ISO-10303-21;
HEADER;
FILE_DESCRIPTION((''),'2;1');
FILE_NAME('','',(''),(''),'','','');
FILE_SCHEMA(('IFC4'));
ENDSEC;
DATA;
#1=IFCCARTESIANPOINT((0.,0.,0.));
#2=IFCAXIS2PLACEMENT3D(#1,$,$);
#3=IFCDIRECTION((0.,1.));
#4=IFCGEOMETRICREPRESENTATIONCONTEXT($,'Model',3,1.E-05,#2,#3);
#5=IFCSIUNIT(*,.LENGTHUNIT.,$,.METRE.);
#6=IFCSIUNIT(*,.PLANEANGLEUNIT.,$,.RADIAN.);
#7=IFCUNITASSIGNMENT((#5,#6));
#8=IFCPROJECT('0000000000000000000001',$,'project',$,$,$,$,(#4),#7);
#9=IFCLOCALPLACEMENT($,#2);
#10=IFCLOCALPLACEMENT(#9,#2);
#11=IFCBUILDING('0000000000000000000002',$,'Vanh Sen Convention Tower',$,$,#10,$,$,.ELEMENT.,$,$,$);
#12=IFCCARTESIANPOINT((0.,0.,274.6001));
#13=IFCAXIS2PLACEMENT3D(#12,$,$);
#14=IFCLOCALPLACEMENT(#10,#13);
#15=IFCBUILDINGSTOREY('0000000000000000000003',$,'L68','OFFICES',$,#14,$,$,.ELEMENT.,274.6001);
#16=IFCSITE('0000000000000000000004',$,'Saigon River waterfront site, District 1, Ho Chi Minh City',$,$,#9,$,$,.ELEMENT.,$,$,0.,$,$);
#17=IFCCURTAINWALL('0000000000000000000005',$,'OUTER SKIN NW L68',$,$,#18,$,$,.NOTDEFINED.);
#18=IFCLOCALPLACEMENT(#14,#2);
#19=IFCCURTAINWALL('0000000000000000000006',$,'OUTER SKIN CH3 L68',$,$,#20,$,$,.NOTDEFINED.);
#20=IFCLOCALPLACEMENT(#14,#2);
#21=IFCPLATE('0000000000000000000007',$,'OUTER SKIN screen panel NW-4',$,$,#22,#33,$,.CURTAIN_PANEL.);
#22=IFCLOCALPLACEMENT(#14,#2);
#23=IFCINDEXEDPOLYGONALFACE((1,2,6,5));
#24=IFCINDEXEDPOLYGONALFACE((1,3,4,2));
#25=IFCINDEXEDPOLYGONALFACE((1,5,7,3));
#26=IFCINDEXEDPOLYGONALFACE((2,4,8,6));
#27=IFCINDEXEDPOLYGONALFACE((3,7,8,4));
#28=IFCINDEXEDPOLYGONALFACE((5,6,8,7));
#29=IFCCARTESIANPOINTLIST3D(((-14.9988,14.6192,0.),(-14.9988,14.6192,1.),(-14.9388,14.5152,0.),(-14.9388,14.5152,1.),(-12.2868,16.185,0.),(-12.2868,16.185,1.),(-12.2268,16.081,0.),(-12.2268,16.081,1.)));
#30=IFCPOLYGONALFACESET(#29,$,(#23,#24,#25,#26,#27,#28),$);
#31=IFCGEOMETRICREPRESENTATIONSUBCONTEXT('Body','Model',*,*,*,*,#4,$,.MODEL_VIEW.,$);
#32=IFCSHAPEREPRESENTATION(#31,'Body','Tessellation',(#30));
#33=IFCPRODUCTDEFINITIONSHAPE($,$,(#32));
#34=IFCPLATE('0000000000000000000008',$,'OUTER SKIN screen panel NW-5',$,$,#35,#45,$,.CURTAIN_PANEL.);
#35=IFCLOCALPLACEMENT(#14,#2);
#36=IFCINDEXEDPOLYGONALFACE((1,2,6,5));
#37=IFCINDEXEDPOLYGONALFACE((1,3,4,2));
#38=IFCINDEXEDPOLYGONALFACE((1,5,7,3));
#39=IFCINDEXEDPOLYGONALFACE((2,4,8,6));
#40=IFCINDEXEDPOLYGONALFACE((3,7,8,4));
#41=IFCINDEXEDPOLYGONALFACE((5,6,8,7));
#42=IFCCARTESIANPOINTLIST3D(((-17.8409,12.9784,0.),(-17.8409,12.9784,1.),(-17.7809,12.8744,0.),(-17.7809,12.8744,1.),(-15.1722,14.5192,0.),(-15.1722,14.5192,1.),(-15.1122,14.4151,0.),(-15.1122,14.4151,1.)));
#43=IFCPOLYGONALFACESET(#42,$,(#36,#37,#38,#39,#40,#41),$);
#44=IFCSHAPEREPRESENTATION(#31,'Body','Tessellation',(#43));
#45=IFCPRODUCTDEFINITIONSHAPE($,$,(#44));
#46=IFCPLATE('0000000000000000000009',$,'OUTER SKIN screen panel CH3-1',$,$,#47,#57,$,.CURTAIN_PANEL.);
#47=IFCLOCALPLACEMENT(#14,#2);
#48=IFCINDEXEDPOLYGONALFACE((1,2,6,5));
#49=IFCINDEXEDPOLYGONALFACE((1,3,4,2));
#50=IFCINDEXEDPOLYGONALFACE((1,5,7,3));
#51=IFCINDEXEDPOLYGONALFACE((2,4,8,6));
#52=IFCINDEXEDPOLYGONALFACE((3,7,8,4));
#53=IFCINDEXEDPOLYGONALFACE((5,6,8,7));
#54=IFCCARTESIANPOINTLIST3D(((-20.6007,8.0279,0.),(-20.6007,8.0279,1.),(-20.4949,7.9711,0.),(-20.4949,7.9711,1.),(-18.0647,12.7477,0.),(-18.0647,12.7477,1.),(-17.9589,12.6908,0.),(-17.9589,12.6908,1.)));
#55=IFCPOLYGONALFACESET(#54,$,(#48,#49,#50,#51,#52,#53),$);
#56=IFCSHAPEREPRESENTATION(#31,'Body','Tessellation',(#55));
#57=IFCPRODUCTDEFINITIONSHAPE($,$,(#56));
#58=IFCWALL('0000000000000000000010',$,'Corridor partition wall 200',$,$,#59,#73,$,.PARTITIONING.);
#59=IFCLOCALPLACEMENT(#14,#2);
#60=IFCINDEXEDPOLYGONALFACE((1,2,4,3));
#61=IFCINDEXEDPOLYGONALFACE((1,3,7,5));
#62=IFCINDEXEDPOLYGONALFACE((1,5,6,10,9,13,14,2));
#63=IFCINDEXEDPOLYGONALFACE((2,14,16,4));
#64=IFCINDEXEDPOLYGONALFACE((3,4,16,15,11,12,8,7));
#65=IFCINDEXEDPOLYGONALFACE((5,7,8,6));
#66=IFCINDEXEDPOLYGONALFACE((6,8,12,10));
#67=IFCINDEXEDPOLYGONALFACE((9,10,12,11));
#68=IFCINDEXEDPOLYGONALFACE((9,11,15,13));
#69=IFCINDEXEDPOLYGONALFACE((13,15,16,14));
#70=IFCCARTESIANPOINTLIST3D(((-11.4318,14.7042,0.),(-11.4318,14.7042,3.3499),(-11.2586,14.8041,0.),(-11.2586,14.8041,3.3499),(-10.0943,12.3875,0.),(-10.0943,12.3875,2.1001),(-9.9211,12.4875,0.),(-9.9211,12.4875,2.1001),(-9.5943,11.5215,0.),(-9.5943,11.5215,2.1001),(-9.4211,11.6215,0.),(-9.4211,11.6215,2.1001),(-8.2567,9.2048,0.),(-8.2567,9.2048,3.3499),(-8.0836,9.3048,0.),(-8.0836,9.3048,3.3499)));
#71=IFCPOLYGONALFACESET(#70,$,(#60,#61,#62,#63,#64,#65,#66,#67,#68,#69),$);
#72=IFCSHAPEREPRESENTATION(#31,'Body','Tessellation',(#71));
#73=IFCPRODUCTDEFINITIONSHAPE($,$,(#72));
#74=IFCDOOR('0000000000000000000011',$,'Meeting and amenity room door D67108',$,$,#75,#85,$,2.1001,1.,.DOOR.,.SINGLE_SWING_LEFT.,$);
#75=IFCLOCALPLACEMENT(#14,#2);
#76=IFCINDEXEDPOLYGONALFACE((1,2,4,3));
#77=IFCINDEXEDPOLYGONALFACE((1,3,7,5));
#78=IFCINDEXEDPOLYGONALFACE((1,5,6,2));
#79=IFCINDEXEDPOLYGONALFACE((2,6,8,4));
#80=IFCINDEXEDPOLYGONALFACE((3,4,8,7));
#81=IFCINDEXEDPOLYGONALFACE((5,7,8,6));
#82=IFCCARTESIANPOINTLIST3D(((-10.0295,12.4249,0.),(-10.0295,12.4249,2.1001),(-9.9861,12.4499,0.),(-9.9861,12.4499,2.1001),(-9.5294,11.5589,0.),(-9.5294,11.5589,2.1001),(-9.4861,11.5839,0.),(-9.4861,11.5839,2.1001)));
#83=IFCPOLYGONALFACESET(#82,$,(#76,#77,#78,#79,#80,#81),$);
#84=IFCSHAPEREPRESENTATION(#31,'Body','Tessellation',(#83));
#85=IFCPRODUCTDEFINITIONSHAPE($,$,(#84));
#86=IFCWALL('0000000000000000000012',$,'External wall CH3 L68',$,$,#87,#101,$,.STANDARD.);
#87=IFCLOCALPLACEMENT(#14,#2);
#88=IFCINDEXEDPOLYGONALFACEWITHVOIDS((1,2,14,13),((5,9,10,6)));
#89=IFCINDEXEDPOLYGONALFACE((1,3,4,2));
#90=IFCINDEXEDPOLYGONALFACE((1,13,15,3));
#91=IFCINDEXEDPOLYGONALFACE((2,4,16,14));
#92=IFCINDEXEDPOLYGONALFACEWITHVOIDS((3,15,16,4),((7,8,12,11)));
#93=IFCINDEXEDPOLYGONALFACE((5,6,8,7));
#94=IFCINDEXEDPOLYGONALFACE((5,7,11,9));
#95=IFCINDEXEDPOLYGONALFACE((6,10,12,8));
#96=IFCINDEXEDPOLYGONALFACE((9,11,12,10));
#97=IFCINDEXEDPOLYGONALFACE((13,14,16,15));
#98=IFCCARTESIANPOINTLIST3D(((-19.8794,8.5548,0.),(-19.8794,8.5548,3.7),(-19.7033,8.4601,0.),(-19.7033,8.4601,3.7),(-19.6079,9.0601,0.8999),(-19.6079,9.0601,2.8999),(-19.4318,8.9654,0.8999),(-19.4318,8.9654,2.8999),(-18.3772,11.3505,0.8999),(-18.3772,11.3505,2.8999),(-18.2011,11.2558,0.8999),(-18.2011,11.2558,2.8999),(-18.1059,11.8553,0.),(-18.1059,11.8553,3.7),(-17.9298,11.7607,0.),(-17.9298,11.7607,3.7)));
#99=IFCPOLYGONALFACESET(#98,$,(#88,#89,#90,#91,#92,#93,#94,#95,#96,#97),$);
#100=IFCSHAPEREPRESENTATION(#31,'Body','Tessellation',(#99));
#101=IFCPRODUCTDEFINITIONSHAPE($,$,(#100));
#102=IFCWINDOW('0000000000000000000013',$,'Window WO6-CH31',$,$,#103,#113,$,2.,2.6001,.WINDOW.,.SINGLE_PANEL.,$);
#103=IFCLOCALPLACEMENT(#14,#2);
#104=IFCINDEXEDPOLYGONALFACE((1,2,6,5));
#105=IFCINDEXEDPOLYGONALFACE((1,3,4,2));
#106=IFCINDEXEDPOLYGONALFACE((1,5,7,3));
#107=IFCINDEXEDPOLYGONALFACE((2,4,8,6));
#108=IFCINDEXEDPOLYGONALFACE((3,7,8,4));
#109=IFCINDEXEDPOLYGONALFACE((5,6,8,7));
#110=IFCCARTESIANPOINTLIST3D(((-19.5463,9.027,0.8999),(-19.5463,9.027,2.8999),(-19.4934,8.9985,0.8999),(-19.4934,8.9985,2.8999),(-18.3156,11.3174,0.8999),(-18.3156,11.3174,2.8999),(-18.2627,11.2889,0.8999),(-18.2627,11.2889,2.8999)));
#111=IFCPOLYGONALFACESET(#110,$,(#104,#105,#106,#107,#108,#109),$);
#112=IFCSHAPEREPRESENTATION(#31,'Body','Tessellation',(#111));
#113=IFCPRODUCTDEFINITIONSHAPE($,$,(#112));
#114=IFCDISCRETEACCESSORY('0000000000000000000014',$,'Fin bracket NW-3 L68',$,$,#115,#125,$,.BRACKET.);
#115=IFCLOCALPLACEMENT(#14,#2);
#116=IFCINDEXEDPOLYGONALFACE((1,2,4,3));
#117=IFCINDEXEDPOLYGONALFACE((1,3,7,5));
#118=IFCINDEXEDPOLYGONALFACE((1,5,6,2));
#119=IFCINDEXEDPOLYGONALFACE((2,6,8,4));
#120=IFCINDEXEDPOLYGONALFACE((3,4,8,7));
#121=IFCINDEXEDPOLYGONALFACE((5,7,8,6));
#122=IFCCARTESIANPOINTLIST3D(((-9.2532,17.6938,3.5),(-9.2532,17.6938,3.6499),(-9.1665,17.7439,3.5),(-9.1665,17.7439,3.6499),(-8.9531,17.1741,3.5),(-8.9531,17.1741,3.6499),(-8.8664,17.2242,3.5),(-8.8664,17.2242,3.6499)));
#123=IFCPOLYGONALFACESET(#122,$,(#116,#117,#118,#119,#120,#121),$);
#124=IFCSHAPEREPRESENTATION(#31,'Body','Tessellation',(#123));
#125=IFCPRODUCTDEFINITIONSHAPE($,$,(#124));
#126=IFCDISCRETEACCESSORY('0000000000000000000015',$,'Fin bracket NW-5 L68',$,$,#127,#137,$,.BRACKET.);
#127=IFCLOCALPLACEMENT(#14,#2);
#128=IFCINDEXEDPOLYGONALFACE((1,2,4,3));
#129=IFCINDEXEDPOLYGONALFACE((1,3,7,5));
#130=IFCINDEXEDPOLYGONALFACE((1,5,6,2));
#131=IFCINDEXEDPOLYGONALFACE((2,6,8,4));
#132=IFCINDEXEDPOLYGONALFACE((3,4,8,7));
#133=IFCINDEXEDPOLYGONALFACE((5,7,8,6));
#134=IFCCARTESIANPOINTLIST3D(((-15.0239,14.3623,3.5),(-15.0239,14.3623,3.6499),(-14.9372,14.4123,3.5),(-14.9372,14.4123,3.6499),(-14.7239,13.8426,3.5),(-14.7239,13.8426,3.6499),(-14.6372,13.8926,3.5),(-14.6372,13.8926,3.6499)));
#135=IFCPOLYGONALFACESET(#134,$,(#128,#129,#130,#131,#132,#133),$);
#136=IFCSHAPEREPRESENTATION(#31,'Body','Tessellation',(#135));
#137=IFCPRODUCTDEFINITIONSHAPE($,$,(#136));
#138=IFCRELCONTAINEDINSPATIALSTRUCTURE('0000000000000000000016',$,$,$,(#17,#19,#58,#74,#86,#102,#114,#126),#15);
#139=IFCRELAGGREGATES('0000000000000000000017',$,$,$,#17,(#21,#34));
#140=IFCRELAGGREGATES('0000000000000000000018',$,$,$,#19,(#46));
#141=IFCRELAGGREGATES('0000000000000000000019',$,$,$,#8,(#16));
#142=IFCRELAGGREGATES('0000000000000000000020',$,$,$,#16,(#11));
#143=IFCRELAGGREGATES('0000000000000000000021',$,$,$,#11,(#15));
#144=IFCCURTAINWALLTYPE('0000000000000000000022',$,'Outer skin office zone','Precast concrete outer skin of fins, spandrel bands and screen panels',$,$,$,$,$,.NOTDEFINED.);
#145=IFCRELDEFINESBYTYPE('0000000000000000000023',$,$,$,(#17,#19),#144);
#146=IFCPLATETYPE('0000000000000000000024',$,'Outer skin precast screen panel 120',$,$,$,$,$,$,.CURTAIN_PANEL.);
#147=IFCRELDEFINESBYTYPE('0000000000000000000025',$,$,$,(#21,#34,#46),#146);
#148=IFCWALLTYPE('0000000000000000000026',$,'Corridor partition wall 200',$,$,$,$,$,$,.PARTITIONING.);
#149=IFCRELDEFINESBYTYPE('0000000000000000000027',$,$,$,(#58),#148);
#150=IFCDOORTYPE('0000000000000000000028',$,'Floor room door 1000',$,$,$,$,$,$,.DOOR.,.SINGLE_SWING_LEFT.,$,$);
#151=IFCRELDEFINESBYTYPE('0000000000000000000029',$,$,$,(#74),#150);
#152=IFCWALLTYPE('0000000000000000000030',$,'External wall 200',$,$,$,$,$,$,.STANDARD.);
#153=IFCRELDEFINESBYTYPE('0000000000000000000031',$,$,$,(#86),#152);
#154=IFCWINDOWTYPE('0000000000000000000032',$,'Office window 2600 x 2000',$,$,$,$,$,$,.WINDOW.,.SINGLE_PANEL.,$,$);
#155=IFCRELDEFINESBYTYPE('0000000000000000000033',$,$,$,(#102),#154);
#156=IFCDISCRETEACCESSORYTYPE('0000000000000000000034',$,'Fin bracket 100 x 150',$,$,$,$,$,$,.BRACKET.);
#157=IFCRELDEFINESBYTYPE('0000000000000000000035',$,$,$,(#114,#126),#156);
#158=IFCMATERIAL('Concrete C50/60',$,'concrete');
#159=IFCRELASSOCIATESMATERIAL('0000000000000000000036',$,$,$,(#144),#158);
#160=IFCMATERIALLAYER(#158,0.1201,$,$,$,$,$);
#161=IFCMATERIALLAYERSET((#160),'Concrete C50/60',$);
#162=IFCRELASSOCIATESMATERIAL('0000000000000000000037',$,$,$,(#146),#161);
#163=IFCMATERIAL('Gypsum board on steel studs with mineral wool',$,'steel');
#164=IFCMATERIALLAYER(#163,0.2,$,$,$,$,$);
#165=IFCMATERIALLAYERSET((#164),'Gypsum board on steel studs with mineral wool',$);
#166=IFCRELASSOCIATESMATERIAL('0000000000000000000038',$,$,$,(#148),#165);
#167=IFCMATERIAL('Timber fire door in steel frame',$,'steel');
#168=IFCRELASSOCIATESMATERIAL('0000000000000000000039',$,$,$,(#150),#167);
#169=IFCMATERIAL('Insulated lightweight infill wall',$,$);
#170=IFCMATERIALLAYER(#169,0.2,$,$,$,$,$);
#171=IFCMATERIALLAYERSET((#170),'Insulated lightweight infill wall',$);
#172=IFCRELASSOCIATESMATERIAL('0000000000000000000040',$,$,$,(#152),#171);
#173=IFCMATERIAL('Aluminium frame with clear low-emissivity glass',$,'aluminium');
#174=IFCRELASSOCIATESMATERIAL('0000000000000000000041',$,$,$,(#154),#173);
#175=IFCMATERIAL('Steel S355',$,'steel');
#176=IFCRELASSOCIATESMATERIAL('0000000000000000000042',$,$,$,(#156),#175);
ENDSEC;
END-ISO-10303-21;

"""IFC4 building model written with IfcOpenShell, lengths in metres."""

from ifc_helpers import new_model, si_unit, direction, frame, frame_2d, origin, origin_2d, place, context, subcontext, project, spatial, rectangle, extrude, material, layer, layer_set, type_object, element, fill, aggregate, save


model = new_model("IFC4")

# Units and contexts
model_context = context("Model", 3, precision=1e-05, world=origin(), true_north=direction((0.0, 1.0)))
body_context = subcontext(model_context, "Body", "Model", "MODEL_VIEW")
ifc_project = project(units=[si_unit("LENGTHUNIT", "METRE"), si_unit("PLANEANGLEUNIT", "RADIAN")], contexts=[model_context])

# Site, building, storey
site_placement = place(None, origin())
site = spatial("IfcSite", under=ifc_project, at=site_placement, Name="Saigon River waterfront site, District 1, Ho Chi Minh City", CompositionType="ELEMENT", RefElevation=0.0)
building_placement = place(site_placement, origin())
building = spatial("IfcBuilding", under=site, at=building_placement, Name="Vanh Sen Convention Tower", CompositionType="ELEMENT")
storey_placement = place(building_placement, frame((0.0, 0.0, 274.6001)))
storey = spatial("IfcBuildingStorey", under=building, at=storey_placement, Name="L68", Description="OFFICES", CompositionType="ELEMENT", Elevation=274.6001)

# Curtain wall
ifc_material_1 = material(Name="Concrete C50/60", Category="concrete")
curtain_wall_type = type_object("IfcCurtainWallType", Name="Outer skin office zone", Description="Precast concrete outer skin of fins, spandrel bands and screen panels", PredefinedType="NOTDEFINED", material=ifc_material_1)
curtain_wall_1_placement = place(storey_placement, origin())
curtain_wall_1 = element("IfcCurtainWall", 1, at=curtain_wall_1_placement, inside=storey, type_object=curtain_wall_type, Name="OUTER SKIN NW L68", PredefinedType="NOTDEFINED")

# Curtain wall
curtain_wall_2_placement = place(storey_placement, origin())
curtain_wall_2 = element("IfcCurtainWall", 2, at=curtain_wall_2_placement, inside=storey, type_object=curtain_wall_type, Name="OUTER SKIN CH3 L68", PredefinedType="NOTDEFINED")

# Plates
ifc_layer_1 = layer(ifc_material_1, 0.1201)
ifc_layer_set_1 = layer_set([ifc_layer_1], Name="Concrete C50/60")
plate_type = type_object("IfcPlateType", Name="Outer skin precast screen panel 120", PredefinedType="CURTAIN_PANEL", material=ifc_layer_set_1)
plate_1_placement = place(storey_placement, frame((-13.6128, 15.3501, 0.0), z_axis=(0.0, 0.0, 1.0), x_axis=(-0.866016, -0.500017, 0.0)))
plate_1 = element("IfcPlate", 3, at=plate_1_placement, type_object=plate_type, Name="OUTER SKIN screen panel NW-4", PredefinedType="CURTAIN_PANEL", context=body_context, shape_type="SweptSolid", body=[
    extrude(rectangle(XDim=3.1316, YDim=0.1201, at=origin_2d()), origin(), (0.0, 0.0, 1.0), 1.0),
])
plate_2_placement = place(storey_placement, frame((-16.4766, 13.6968, 0.0), z_axis=(0.0, 0.0, 1.0), x_axis=(-0.866029, -0.499994, 0.0)))
plate_2 = element("IfcPlate", 4, at=plate_2_placement, type_object=plate_type, Name="OUTER SKIN screen panel NW-5", PredefinedType="CURTAIN_PANEL", context=body_context, shape_type="SweptSolid", body=[
    extrude(rectangle(XDim=3.0815, YDim=0.1201, at=origin_2d()), origin(), (0.0, 0.0, 1.0), 1.0),
])
aggregate(curtain_wall_1, [plate_1, plate_2])
plate_3_placement = place(storey_placement, frame((-19.2798, 10.3594, 0.0), z_axis=(0.0, 0.0, 1.0), x_axis=(-0.473324, -0.880888, 0.0)))
plate_3 = element("IfcPlate", 5, at=plate_3_placement, type_object=plate_type, Name="OUTER SKIN screen panel CH3-1", PredefinedType="CURTAIN_PANEL", context=body_context, shape_type="SweptSolid", body=[
    extrude(rectangle(XDim=5.3579, YDim=0.1201, at=origin_2d()), origin(), (0.0, 0.0, 1.0), 1.0),
])
aggregate(curtain_wall_2, [plate_3])

# Wall, opening, door
ifc_material_2 = material(Name="Gypsum board on steel studs with mineral wool", Category="steel")
ifc_layer_2 = layer(ifc_material_2, 0.2)
ifc_layer_set_2 = layer_set([ifc_layer_2], Name="Gypsum board on steel studs with mineral wool")
wall_type_1 = type_object("IfcWallType", Name="Corridor partition wall 200", PredefinedType="PARTITIONING", material=ifc_layer_set_2)
wall_1_placement = place(storey_placement, frame((-11.3452, 14.7542, 0.0), z_axis=(0.0, 0.0, 1.0), x_axis=(0.500005, -0.866022, 0.0)))
wall_1 = element("IfcWall", 6, at=wall_1_placement, inside=storey, type_object=wall_type_1, Name="Corridor partition wall 200", PredefinedType="PARTITIONING", context=body_context, shape_type="SweptSolid", body=[
    extrude(rectangle(XDim=6.3501, YDim=0.2, at=frame_2d((3.175, 0.0))), origin(), (0.0, 0.0, 1.0), 3.3499),
])
opening_1_placement = place(wall_1_placement, frame((2.675, 0.0, 0.0)))
opening_1 = element("IfcOpeningElement", 7, at=opening_1_placement, cuts=wall_1, PredefinedType="OPENING", context=body_context, shape_type="SweptSolid", body=[
    extrude(rectangle(XDim=1.0, YDim=2.1001, at=frame_2d((0.5, 1.05))), frame((0.0, 0.1099, 0.0), z_axis=(0.0, -1.0, 0.0), x_axis=(1.0, 0.0, 0.0)), (0.0, 0.0, 1.0), 0.22),
])
ifc_material_3 = material(Name="Timber fire door in steel frame", Category="steel")
door_type = type_object("IfcDoorType", Name="Floor room door 1000", OperationType="SINGLE_SWING_LEFT", PredefinedType="DOOR", material=ifc_material_3)
door_placement = place(opening_1_placement, origin())
door = element("IfcDoor", 8, at=door_placement, inside=storey, type_object=door_type, Name="Meeting and amenity room door D67108", OperationType="SINGLE_SWING_LEFT", OverallHeight=2.1001, OverallWidth=1.0, PredefinedType="DOOR", context=body_context, shape_type="SweptSolid", body=[
    extrude(rectangle(XDim=1.0, YDim=2.1001, at=frame_2d((0.5, 1.05))), frame((0.0, 0.0249, 0.0), z_axis=(0.0, -1.0, 0.0), x_axis=(1.0, 0.0, 0.0)), (0.0, 0.0, 1.0), 0.05),
])
fill(opening_1, door)

# Wall, opening, window
ifc_material_4 = material(Name="Insulated lightweight infill wall")
ifc_layer_3 = layer(ifc_material_4, 0.2)
ifc_layer_set_3 = layer_set([ifc_layer_3], Name="Insulated lightweight infill wall")
wall_type_2 = type_object("IfcWallType", Name="External wall 200", PredefinedType="STANDARD", material=ifc_layer_set_3)
wall_2_placement = place(storey_placement, frame((-18.0178, 11.8081, 0.0), z_axis=(0.0, 0.0, 1.0), x_axis=(-0.473319, -0.880891, 0.0)))
wall_2 = element("IfcWall", 9, at=wall_2_placement, inside=storey, type_object=wall_type_2, Name="External wall CH3 L68", PredefinedType="STANDARD", context=body_context, shape_type="SweptSolid", body=[
    extrude(rectangle(XDim=3.7468, YDim=0.2, at=frame_2d((1.8735, 0.0))), origin(), (0.0, 0.0, 1.0), 3.7),
])
opening_2_placement = place(wall_2_placement, frame((0.5732, 0.0, 0.8999)))
opening_2 = element("IfcOpeningElement", 10, at=opening_2_placement, cuts=wall_2, PredefinedType="OPENING", context=body_context, shape_type="SweptSolid", body=[
    extrude(rectangle(XDim=2.6001, YDim=2.0, at=frame_2d((1.3, 1.0))), frame((0.0, 0.1099, 0.0), z_axis=(0.0, -1.0, 0.0), x_axis=(1.0, 0.0, 0.0)), (0.0, 0.0, 1.0), 0.22),
])
ifc_material_5 = material(Name="Aluminium frame with clear low-emissivity glass", Category="aluminium")
window_type = type_object("IfcWindowType", Name="Office window 2600 x 2000", PartitioningType="SINGLE_PANEL", PredefinedType="WINDOW", material=ifc_material_5)
window_placement = place(opening_2_placement, origin())
window = element("IfcWindow", 11, at=window_placement, inside=storey, type_object=window_type, Name="Window WO6-CH31", OverallHeight=2.0, OverallWidth=2.6001, PartitioningType="SINGLE_PANEL", PredefinedType="WINDOW", context=body_context, shape_type="SweptSolid", body=[
    extrude(rectangle(XDim=2.6001, YDim=2.0, at=frame_2d((1.3, 1.0))), frame((0.0, 0.03, 0.0), z_axis=(0.0, -1.0, 0.0), x_axis=(1.0, 0.0, 0.0)), (0.0, 0.0, 1.0), 0.0601),
])
fill(opening_2, window)

# Discrete accessories
ifc_material_6 = material(Name="Steel S355", Category="steel")
discrete_accessory_type = type_object("IfcDiscreteAccessoryType", Name="Fin bracket 100 x 150", PredefinedType="BRACKET", material=ifc_material_6)
for number, where, z_axis, x_axis, name in (
    (12, (-9.0598, 17.459, 3.5), (0.0, 0.0, 1.0), (-0.5, 0.866025, 0.0), "Fin bracket NW-3 L68"),
    (13, (-14.8306, 14.1274, 3.5), (0.0, 0.0, 1.0), (-0.5, 0.866025, 0.0), "Fin bracket NW-5 L68"),
):
    element("IfcDiscreteAccessory", number, at=place(storey_placement, frame(where, z_axis=z_axis, x_axis=x_axis)), inside=storey, type_object=discrete_accessory_type, Name=name, PredefinedType="BRACKET", context=body_context, shape_type="SweptSolid", body=[
        extrude(rectangle(XDim=0.6001, YDim=0.1001, at=origin_2d()), origin(), (0.0, 0.0, 1.0), 0.1499),
    ])

save(model, "model.ifc")
